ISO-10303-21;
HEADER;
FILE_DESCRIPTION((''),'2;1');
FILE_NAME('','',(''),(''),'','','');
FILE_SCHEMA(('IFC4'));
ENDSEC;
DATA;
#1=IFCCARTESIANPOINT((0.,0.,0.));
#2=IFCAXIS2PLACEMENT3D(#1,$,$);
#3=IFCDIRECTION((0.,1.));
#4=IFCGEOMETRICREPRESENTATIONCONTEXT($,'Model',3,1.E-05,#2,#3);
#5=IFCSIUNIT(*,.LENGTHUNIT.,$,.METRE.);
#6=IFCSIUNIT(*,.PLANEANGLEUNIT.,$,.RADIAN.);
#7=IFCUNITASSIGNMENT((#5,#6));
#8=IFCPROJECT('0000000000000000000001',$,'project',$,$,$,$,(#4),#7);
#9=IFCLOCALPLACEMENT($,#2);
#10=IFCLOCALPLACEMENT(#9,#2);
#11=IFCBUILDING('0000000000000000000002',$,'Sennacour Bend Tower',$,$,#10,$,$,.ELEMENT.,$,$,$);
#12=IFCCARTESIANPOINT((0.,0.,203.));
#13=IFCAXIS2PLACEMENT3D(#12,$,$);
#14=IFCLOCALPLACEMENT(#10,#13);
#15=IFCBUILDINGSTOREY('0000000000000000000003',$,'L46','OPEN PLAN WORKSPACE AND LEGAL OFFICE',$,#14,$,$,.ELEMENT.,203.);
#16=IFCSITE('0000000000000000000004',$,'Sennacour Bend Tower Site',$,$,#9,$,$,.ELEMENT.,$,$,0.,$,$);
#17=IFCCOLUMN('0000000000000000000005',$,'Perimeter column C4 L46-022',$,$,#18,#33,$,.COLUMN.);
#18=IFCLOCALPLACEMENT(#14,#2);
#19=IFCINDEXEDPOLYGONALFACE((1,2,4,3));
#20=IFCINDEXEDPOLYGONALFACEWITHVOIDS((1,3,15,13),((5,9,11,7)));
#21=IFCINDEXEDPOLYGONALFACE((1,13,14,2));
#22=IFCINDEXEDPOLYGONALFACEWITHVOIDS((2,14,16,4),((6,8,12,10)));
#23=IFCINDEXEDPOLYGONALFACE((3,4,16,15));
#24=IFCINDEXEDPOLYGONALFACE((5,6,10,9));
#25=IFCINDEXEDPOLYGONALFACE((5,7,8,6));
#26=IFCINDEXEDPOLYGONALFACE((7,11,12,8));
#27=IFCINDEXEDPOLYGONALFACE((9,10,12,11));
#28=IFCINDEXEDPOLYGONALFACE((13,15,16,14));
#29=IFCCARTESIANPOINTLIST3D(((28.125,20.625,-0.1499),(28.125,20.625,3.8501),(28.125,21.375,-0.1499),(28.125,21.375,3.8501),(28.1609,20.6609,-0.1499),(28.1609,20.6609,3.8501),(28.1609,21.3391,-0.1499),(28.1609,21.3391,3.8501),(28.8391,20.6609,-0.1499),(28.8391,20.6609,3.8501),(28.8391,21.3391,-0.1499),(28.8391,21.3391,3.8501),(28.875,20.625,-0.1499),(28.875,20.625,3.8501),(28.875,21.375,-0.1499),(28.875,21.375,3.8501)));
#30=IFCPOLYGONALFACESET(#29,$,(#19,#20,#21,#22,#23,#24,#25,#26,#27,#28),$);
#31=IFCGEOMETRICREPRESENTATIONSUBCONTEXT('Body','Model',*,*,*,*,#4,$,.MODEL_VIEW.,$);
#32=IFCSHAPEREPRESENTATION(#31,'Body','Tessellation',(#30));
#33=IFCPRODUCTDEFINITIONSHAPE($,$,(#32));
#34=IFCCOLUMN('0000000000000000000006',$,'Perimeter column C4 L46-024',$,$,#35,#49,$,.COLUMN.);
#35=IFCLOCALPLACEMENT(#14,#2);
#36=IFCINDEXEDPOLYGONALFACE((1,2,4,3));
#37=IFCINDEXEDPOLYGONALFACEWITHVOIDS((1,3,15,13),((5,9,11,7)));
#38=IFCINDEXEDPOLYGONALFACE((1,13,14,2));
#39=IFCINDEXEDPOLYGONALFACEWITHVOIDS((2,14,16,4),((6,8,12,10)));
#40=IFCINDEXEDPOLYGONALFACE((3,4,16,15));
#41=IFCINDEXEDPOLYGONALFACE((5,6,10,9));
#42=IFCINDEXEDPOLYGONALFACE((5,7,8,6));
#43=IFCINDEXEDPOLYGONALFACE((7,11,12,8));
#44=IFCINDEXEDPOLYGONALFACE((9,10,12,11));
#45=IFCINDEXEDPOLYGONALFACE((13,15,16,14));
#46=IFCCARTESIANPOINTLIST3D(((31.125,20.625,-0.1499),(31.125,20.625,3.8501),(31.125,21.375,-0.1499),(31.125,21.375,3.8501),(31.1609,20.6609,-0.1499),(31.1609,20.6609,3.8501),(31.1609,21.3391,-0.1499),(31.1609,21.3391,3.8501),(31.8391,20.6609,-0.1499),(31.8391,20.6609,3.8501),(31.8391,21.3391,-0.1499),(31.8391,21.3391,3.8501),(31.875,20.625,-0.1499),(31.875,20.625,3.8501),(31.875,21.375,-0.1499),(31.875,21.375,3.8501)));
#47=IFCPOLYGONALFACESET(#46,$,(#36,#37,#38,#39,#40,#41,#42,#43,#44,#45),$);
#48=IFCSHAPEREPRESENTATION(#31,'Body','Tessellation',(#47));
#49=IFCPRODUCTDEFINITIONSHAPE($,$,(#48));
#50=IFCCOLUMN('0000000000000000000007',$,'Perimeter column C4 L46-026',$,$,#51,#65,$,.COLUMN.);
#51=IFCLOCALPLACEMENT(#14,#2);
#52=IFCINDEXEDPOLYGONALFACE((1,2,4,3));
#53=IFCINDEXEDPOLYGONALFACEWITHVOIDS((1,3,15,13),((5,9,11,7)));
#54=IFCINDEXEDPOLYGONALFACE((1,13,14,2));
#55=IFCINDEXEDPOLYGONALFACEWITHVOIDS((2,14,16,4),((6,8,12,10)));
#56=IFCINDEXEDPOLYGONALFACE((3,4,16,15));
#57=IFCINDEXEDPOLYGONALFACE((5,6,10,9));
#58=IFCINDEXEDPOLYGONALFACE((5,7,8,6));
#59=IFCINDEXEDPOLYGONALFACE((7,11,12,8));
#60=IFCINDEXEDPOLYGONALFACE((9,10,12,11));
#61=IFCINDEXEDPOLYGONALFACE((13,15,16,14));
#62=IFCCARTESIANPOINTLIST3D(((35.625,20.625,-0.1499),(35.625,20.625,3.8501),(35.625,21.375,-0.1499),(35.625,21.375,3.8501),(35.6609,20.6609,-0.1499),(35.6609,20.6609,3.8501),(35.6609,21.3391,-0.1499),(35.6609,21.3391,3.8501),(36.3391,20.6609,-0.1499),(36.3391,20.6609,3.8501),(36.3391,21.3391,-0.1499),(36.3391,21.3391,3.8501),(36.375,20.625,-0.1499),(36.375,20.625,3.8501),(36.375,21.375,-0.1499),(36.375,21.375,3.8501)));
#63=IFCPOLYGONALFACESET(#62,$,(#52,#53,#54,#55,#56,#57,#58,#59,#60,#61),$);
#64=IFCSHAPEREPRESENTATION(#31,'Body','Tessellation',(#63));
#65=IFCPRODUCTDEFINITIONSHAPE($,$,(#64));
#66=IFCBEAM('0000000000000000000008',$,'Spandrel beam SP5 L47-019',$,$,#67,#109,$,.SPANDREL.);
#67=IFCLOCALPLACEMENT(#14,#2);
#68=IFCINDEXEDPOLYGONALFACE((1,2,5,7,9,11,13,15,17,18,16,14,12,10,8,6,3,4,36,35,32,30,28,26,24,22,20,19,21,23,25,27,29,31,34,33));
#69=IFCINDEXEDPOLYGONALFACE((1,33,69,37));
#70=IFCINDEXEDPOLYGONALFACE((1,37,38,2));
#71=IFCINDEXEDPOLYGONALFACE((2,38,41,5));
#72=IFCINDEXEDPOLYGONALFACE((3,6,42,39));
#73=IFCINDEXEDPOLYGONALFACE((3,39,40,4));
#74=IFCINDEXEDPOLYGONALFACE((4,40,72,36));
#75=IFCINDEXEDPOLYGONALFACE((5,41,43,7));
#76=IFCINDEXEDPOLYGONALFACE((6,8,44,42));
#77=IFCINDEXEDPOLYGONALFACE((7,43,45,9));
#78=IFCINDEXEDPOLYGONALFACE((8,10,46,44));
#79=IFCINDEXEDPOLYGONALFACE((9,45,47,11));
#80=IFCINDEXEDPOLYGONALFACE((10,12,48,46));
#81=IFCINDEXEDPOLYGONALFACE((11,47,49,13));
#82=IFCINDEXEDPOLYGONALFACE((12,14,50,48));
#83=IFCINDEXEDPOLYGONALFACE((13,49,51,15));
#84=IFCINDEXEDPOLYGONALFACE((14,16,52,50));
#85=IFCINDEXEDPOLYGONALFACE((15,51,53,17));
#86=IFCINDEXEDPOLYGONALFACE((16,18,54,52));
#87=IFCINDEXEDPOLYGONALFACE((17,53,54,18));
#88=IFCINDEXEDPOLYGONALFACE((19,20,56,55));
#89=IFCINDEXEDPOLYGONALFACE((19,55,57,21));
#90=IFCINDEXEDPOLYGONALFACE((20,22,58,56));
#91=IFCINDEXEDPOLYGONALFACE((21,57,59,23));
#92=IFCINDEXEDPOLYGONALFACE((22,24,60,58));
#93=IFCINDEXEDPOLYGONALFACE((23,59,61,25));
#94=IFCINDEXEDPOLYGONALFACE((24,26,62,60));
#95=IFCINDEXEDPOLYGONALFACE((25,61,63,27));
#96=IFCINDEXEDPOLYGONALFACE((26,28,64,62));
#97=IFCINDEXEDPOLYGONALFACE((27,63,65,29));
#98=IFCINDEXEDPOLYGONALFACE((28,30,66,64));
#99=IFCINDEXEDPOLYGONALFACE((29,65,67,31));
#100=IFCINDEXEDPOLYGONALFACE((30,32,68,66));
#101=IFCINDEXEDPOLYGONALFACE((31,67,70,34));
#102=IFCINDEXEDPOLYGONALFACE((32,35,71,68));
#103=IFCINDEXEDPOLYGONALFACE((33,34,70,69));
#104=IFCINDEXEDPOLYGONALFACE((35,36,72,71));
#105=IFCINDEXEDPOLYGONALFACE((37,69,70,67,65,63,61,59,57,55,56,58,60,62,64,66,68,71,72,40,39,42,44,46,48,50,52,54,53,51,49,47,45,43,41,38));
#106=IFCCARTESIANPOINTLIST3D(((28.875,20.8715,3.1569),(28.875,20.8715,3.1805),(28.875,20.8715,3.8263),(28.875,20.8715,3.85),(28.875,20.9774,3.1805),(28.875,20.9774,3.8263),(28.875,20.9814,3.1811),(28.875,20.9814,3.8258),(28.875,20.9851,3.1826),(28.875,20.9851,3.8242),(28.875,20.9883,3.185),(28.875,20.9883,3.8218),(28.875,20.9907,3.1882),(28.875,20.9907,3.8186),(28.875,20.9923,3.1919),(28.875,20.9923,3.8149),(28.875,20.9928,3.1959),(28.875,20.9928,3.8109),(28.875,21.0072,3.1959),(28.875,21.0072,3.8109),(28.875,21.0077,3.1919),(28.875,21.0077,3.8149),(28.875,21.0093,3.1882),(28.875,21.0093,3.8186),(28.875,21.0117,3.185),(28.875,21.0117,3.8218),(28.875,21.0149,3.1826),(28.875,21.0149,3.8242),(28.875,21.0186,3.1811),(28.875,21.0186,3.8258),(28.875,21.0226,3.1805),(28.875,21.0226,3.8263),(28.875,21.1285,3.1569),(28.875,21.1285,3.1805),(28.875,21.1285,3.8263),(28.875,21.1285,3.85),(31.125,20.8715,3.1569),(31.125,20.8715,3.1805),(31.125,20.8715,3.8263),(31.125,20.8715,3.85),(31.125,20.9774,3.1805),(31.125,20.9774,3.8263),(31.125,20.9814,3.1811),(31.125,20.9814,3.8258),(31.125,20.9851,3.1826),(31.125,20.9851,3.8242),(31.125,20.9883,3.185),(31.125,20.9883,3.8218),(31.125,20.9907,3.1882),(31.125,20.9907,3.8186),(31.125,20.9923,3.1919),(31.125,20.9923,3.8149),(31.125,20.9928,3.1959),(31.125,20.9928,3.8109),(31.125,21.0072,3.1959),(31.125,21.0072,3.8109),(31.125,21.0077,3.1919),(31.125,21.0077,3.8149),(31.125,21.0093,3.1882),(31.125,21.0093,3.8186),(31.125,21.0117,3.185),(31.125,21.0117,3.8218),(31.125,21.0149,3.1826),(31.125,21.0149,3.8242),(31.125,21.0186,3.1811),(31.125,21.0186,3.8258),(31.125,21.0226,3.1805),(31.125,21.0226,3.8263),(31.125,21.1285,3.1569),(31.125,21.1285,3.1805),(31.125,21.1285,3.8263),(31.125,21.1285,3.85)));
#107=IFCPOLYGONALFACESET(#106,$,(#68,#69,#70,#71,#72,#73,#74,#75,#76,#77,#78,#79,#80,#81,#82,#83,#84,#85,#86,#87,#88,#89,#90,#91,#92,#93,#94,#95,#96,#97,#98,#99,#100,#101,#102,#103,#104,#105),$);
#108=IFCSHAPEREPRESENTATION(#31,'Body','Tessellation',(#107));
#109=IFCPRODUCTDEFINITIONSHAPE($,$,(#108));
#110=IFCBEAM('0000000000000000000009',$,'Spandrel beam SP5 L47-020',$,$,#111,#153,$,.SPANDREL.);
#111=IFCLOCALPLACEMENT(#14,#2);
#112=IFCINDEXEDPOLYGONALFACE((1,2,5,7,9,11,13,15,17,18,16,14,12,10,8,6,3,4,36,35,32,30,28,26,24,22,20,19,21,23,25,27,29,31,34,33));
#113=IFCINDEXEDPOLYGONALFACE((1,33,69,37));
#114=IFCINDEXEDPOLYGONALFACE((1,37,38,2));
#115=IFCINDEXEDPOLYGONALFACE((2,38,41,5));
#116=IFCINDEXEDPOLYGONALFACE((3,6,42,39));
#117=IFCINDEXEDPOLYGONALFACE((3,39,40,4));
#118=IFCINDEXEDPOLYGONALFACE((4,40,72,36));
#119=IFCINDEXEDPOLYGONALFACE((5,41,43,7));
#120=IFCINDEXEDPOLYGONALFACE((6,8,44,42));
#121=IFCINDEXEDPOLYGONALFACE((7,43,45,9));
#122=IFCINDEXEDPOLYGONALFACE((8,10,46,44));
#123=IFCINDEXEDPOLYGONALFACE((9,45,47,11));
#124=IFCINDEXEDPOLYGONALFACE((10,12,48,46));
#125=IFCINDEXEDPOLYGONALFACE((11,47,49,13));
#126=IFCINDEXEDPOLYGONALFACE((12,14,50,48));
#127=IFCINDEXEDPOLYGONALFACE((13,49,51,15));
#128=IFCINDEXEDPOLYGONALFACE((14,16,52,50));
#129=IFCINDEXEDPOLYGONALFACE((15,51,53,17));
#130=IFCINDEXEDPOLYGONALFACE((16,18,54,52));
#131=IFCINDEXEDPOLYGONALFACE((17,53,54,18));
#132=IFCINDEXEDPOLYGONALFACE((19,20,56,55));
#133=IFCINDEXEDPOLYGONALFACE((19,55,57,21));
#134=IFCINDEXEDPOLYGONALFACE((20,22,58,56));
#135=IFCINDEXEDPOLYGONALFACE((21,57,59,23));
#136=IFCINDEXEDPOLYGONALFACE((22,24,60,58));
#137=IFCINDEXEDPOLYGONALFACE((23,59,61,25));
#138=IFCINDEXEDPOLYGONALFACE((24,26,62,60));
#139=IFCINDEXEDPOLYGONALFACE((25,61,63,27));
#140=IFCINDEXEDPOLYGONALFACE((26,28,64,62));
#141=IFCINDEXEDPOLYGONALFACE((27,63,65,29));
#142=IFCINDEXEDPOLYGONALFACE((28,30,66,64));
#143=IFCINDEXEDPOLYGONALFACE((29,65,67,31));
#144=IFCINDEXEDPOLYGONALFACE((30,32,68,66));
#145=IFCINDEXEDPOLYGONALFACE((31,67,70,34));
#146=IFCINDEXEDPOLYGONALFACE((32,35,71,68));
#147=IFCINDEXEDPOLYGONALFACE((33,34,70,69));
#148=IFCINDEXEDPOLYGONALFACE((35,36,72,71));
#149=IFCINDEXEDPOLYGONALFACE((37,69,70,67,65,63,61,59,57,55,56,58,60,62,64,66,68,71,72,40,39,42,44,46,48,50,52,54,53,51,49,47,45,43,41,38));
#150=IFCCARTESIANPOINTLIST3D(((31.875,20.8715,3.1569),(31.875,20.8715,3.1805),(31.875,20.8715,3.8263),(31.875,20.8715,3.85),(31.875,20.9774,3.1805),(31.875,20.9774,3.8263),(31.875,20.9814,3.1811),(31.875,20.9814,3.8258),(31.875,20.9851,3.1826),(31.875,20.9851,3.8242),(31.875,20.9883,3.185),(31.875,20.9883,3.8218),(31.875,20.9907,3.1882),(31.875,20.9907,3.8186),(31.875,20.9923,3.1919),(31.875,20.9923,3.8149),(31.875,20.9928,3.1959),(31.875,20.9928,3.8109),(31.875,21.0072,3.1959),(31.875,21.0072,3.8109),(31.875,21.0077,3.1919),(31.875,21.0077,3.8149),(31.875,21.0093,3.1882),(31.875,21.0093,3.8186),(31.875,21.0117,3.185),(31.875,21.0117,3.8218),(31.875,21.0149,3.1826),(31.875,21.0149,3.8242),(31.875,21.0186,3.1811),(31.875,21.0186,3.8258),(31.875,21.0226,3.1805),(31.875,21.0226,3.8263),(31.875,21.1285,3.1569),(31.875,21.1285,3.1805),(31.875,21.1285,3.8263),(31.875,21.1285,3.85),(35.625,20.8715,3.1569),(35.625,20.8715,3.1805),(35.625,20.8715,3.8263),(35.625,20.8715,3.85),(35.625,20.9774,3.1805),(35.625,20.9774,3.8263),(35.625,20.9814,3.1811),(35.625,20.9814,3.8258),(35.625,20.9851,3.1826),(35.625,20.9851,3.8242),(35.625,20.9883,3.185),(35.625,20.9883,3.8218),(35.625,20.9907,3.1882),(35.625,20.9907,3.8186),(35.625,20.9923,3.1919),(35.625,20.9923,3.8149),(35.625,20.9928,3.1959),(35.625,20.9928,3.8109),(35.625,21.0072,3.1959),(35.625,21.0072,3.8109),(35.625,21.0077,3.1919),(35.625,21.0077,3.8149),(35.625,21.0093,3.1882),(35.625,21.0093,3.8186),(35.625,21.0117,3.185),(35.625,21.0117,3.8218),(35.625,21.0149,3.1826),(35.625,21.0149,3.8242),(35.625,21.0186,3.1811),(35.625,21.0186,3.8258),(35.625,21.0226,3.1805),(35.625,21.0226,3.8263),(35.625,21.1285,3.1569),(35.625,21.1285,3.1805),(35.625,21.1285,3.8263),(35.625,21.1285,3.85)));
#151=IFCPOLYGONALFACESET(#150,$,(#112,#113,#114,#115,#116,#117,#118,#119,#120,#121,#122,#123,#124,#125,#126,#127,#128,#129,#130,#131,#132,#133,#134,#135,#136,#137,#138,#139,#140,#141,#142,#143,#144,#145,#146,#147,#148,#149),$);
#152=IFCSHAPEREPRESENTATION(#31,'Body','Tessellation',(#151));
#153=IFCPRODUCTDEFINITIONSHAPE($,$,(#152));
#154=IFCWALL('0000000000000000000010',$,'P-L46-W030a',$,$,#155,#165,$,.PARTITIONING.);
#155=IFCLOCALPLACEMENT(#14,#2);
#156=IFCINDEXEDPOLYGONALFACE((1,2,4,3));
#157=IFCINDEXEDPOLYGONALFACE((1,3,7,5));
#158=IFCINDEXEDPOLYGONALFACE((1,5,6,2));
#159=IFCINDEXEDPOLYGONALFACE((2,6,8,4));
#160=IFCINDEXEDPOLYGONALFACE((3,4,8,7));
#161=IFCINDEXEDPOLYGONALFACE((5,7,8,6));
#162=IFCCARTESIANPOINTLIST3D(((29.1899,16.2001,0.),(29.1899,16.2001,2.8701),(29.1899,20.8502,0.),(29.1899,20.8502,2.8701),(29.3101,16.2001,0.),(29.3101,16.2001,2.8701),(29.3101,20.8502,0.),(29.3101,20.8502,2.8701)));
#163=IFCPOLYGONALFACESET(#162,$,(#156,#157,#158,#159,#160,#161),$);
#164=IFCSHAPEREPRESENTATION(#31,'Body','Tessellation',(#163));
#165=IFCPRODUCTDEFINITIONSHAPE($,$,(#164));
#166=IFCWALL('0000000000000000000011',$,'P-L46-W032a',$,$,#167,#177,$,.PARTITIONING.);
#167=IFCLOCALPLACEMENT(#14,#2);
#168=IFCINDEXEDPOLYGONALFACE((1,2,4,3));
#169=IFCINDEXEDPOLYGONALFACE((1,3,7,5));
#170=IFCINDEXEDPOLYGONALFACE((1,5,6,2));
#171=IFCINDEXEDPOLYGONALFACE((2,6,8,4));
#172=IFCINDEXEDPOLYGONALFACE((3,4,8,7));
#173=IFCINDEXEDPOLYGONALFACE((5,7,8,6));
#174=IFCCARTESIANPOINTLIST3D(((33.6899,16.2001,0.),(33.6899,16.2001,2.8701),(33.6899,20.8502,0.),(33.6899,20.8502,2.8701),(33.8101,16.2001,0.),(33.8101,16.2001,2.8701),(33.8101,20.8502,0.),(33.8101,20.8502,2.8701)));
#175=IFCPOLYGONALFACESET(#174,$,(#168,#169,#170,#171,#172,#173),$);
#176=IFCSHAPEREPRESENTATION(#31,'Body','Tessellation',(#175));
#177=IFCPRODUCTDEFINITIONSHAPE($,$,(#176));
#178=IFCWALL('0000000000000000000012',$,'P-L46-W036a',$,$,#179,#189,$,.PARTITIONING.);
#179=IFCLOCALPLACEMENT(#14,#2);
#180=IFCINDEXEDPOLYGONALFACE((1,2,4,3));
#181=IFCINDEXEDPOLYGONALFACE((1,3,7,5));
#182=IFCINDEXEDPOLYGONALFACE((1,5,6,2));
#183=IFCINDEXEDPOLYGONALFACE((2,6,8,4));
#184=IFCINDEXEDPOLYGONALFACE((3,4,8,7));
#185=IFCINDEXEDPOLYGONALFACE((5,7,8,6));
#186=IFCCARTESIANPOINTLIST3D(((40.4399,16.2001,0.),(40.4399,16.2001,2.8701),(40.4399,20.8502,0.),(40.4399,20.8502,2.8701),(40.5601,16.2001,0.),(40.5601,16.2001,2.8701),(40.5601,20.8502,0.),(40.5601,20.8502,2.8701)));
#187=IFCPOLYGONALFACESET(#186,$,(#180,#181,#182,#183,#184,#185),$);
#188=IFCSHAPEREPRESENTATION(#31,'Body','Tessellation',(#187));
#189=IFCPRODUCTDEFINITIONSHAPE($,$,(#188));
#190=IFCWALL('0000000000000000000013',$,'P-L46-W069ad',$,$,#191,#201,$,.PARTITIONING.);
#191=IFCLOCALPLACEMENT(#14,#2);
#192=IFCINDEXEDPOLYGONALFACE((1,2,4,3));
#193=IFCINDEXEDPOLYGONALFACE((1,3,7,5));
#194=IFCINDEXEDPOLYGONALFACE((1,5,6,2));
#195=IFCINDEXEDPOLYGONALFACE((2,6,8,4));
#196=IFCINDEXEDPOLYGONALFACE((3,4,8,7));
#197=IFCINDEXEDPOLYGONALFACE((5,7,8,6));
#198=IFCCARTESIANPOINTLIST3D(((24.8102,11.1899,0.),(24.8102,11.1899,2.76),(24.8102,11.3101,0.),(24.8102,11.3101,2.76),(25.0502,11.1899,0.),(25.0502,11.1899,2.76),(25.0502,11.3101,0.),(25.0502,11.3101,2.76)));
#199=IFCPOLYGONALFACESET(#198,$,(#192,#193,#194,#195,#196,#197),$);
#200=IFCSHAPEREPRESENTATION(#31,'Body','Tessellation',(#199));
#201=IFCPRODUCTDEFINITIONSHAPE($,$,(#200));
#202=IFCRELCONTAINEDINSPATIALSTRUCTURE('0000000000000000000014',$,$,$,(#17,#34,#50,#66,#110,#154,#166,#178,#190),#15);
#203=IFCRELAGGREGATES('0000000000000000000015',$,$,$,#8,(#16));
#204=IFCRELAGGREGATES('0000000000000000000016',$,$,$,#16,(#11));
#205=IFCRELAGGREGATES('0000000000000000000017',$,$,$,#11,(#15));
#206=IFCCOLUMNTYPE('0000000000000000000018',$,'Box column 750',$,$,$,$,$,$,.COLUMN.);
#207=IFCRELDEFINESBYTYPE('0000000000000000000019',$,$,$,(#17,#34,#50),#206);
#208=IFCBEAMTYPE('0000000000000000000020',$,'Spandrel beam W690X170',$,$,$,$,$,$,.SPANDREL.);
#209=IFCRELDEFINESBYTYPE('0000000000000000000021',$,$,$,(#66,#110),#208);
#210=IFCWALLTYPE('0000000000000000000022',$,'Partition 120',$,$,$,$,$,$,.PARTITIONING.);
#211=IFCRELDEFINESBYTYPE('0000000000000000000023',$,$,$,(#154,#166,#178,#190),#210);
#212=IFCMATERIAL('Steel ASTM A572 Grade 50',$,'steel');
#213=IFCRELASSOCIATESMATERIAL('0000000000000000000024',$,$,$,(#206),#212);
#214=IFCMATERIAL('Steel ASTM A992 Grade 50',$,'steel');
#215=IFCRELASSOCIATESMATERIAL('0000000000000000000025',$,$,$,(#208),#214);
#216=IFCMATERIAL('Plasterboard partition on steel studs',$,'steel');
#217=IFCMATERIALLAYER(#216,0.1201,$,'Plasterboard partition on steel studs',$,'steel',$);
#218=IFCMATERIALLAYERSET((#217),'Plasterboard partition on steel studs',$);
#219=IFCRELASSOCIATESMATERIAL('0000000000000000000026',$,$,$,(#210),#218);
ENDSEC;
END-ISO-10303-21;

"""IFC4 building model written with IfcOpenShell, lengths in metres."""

from ifc_helpers import new_model, si_unit, direction, frame, frame_2d, origin, origin_2d, place, context, subcontext, project, spatial, rectangle, hollow_rectangle, i_section, extrude, material, layer, layer_set, material_profile, profile_set, type_object, element, save


model = new_model("IFC4")

# Units and contexts
model_context = context("Model", 3, precision=1e-05, world=origin(), true_north=direction((0.0, 1.0)))
body_context = subcontext(model_context, "Body", "Model", "MODEL_VIEW")
ifc_project = project(units=[si_unit("LENGTHUNIT", "METRE"), si_unit("PLANEANGLEUNIT", "RADIAN")], contexts=[model_context])

# Site, building, storey
site_placement = place(None, origin())
site = spatial("IfcSite", under=ifc_project, at=site_placement, Name="Sennacour Bend Tower Site", CompositionType="ELEMENT", RefElevation=0.0)
building_placement = place(site_placement, origin())
building = spatial("IfcBuilding", under=site, at=building_placement, Name="Sennacour Bend Tower", CompositionType="ELEMENT")
storey_placement = place(building_placement, frame((0.0, 0.0, 203.0)))
storey = spatial("IfcBuildingStorey", under=building, at=storey_placement, Name="L46", Description="OPEN PLAN WORKSPACE AND LEGAL OFFICE", CompositionType="ELEMENT", Elevation=203.0)

# Columns
ifc_material_1 = material(Name="Steel ASTM A572 Grade 50", Category="steel")
ifc_material_profile_1 = material_profile(ifc_material_1, hollow_rectangle(XDim=0.75, YDim=0.75, WallThickness=0.0359, at=origin_2d()), Name="Steel ASTM A572 Grade 50", Category="steel")
ifc_profile_set_1 = profile_set([ifc_material_profile_1], Name="Steel ASTM A572 Grade 50")
column_type = type_object("IfcColumnType", Name="Box column 750", PredefinedType="COLUMN", material=ifc_profile_set_1)
for number, where, z_axis, x_axis, name in (
    (1, (28.5, 21.0, -0.1499), (0.0, 0.0, 1.0), (1.0, 0.0, 0.0), "Perimeter column C4 L46-022"),
    (2, (31.5, 21.0, -0.1499), (0.0, 0.0, 1.0), (1.0, 0.0, 0.0), "Perimeter column C4 L46-024"),
    (3, (36.0, 21.0, -0.1499), (0.0, 0.0, 1.0), (1.0, 0.0, 0.0), "Perimeter column C4 L46-026"),
):
    element("IfcColumn", number, at=place(storey_placement, frame(where, z_axis=z_axis, x_axis=x_axis)), inside=storey, type_object=column_type, Name=name, PredefinedType="COLUMN", context=body_context, shape_type="SweptSolid", body=[
        extrude(hollow_rectangle(XDim=0.75, YDim=0.75, WallThickness=0.0359, at=origin_2d()), origin(), (0.0, 0.0, 1.0), 4.0),
    ])

# Beams
ifc_material_2 = material(Name="Steel ASTM A992 Grade 50", Category="steel")
ifc_material_profile_2 = material_profile(ifc_material_2, i_section(OverallWidth=0.2571, OverallDepth=0.6931, WebThickness=0.0144, FlangeThickness=0.0237, FilletRadius=0.0154, at=origin_2d()), Name="Steel ASTM A992 Grade 50", Category="steel")
ifc_profile_set_2 = profile_set([ifc_material_profile_2], Name="Steel ASTM A992 Grade 50")
beam_type = type_object("IfcBeamType", Name="Spandrel beam W690X170", PredefinedType="SPANDREL", material=ifc_profile_set_2)
beam_1_placement = place(storey_placement, frame((28.875, 21.0, 3.5034), z_axis=(1.0, 0.0, 0.0), x_axis=(0.0, 1.0, 0.0)))
element("IfcBeam", 4, at=beam_1_placement, inside=storey, type_object=beam_type, Name="Spandrel beam SP5 L47-019", PredefinedType="SPANDREL", context=body_context, shape_type="SweptSolid", body=[
    extrude(i_section(OverallWidth=0.2571, OverallDepth=0.6931, WebThickness=0.0144, FlangeThickness=0.0237, FilletRadius=0.0154, at=origin_2d()), origin(), (0.0, 0.0, 1.0), 2.25),
])
beam_2_placement = place(storey_placement, frame((31.875, 21.0, 3.5034), z_axis=(1.0, 0.0, 0.0), x_axis=(0.0, 1.0, 0.0)))
element("IfcBeam", 5, at=beam_2_placement, inside=storey, type_object=beam_type, Name="Spandrel beam SP5 L47-020", PredefinedType="SPANDREL", context=body_context, shape_type="SweptSolid", body=[
    extrude(i_section(OverallWidth=0.2571, OverallDepth=0.6931, WebThickness=0.0144, FlangeThickness=0.0237, FilletRadius=0.0154, at=origin_2d()), origin(), (0.0, 0.0, 1.0), 3.75),
])

# Walls
ifc_material_3 = material(Name="Plasterboard partition on steel studs", Category="steel")
ifc_layer_1 = layer(ifc_material_3, 0.1201, Name="Plasterboard partition on steel studs", Category="steel")
ifc_layer_set_1 = layer_set([ifc_layer_1], Name="Plasterboard partition on steel studs")
wall_type_1 = type_object("IfcWallType", Name="Partition 120", PredefinedType="PARTITIONING", material=ifc_layer_set_1)
for number, where, z_axis, x_axis, name in (
    (6, (29.25, 16.2, 0.0), (0.0, 0.0, 1.0), (0.0, 1.0, 0.0), "P-L46-W030a"),
    (7, (33.75, 16.2, 0.0), (0.0, 0.0, 1.0), (0.0, 1.0, 0.0), "P-L46-W032a"),
    (8, (40.5, 16.2, 0.0), (0.0, 0.0, 1.0), (0.0, 1.0, 0.0), "P-L46-W036a"),
):
    element("IfcWall", number, at=place(storey_placement, frame(where, z_axis=z_axis, x_axis=x_axis)), inside=storey, type_object=wall_type_1, Name=name, PredefinedType="PARTITIONING", context=body_context, shape_type="SweptSolid", body=[
        extrude(rectangle(XDim=4.6501, YDim=0.1201, at=frame_2d((2.3252, 0.0))), origin(), (0.0, 0.0, 1.0), 2.8701),
    ])
wall_1_placement = place(storey_placement, frame((24.8101, 11.25, 0.0), z_axis=(0.0, 0.0, 1.0), x_axis=(1.0, 0.0, 0.0)))
element("IfcWall", 9, at=wall_1_placement, inside=storey, type_object=wall_type_1, Name="P-L46-W069ad", PredefinedType="PARTITIONING", context=body_context, shape_type="SweptSolid", body=[
    extrude(rectangle(XDim=0.24, YDim=0.1201, at=frame_2d((0.1201, 0.0))), origin(), (0.0, 0.0, 1.0), 2.76),
])

save(model, "model.ifc")
